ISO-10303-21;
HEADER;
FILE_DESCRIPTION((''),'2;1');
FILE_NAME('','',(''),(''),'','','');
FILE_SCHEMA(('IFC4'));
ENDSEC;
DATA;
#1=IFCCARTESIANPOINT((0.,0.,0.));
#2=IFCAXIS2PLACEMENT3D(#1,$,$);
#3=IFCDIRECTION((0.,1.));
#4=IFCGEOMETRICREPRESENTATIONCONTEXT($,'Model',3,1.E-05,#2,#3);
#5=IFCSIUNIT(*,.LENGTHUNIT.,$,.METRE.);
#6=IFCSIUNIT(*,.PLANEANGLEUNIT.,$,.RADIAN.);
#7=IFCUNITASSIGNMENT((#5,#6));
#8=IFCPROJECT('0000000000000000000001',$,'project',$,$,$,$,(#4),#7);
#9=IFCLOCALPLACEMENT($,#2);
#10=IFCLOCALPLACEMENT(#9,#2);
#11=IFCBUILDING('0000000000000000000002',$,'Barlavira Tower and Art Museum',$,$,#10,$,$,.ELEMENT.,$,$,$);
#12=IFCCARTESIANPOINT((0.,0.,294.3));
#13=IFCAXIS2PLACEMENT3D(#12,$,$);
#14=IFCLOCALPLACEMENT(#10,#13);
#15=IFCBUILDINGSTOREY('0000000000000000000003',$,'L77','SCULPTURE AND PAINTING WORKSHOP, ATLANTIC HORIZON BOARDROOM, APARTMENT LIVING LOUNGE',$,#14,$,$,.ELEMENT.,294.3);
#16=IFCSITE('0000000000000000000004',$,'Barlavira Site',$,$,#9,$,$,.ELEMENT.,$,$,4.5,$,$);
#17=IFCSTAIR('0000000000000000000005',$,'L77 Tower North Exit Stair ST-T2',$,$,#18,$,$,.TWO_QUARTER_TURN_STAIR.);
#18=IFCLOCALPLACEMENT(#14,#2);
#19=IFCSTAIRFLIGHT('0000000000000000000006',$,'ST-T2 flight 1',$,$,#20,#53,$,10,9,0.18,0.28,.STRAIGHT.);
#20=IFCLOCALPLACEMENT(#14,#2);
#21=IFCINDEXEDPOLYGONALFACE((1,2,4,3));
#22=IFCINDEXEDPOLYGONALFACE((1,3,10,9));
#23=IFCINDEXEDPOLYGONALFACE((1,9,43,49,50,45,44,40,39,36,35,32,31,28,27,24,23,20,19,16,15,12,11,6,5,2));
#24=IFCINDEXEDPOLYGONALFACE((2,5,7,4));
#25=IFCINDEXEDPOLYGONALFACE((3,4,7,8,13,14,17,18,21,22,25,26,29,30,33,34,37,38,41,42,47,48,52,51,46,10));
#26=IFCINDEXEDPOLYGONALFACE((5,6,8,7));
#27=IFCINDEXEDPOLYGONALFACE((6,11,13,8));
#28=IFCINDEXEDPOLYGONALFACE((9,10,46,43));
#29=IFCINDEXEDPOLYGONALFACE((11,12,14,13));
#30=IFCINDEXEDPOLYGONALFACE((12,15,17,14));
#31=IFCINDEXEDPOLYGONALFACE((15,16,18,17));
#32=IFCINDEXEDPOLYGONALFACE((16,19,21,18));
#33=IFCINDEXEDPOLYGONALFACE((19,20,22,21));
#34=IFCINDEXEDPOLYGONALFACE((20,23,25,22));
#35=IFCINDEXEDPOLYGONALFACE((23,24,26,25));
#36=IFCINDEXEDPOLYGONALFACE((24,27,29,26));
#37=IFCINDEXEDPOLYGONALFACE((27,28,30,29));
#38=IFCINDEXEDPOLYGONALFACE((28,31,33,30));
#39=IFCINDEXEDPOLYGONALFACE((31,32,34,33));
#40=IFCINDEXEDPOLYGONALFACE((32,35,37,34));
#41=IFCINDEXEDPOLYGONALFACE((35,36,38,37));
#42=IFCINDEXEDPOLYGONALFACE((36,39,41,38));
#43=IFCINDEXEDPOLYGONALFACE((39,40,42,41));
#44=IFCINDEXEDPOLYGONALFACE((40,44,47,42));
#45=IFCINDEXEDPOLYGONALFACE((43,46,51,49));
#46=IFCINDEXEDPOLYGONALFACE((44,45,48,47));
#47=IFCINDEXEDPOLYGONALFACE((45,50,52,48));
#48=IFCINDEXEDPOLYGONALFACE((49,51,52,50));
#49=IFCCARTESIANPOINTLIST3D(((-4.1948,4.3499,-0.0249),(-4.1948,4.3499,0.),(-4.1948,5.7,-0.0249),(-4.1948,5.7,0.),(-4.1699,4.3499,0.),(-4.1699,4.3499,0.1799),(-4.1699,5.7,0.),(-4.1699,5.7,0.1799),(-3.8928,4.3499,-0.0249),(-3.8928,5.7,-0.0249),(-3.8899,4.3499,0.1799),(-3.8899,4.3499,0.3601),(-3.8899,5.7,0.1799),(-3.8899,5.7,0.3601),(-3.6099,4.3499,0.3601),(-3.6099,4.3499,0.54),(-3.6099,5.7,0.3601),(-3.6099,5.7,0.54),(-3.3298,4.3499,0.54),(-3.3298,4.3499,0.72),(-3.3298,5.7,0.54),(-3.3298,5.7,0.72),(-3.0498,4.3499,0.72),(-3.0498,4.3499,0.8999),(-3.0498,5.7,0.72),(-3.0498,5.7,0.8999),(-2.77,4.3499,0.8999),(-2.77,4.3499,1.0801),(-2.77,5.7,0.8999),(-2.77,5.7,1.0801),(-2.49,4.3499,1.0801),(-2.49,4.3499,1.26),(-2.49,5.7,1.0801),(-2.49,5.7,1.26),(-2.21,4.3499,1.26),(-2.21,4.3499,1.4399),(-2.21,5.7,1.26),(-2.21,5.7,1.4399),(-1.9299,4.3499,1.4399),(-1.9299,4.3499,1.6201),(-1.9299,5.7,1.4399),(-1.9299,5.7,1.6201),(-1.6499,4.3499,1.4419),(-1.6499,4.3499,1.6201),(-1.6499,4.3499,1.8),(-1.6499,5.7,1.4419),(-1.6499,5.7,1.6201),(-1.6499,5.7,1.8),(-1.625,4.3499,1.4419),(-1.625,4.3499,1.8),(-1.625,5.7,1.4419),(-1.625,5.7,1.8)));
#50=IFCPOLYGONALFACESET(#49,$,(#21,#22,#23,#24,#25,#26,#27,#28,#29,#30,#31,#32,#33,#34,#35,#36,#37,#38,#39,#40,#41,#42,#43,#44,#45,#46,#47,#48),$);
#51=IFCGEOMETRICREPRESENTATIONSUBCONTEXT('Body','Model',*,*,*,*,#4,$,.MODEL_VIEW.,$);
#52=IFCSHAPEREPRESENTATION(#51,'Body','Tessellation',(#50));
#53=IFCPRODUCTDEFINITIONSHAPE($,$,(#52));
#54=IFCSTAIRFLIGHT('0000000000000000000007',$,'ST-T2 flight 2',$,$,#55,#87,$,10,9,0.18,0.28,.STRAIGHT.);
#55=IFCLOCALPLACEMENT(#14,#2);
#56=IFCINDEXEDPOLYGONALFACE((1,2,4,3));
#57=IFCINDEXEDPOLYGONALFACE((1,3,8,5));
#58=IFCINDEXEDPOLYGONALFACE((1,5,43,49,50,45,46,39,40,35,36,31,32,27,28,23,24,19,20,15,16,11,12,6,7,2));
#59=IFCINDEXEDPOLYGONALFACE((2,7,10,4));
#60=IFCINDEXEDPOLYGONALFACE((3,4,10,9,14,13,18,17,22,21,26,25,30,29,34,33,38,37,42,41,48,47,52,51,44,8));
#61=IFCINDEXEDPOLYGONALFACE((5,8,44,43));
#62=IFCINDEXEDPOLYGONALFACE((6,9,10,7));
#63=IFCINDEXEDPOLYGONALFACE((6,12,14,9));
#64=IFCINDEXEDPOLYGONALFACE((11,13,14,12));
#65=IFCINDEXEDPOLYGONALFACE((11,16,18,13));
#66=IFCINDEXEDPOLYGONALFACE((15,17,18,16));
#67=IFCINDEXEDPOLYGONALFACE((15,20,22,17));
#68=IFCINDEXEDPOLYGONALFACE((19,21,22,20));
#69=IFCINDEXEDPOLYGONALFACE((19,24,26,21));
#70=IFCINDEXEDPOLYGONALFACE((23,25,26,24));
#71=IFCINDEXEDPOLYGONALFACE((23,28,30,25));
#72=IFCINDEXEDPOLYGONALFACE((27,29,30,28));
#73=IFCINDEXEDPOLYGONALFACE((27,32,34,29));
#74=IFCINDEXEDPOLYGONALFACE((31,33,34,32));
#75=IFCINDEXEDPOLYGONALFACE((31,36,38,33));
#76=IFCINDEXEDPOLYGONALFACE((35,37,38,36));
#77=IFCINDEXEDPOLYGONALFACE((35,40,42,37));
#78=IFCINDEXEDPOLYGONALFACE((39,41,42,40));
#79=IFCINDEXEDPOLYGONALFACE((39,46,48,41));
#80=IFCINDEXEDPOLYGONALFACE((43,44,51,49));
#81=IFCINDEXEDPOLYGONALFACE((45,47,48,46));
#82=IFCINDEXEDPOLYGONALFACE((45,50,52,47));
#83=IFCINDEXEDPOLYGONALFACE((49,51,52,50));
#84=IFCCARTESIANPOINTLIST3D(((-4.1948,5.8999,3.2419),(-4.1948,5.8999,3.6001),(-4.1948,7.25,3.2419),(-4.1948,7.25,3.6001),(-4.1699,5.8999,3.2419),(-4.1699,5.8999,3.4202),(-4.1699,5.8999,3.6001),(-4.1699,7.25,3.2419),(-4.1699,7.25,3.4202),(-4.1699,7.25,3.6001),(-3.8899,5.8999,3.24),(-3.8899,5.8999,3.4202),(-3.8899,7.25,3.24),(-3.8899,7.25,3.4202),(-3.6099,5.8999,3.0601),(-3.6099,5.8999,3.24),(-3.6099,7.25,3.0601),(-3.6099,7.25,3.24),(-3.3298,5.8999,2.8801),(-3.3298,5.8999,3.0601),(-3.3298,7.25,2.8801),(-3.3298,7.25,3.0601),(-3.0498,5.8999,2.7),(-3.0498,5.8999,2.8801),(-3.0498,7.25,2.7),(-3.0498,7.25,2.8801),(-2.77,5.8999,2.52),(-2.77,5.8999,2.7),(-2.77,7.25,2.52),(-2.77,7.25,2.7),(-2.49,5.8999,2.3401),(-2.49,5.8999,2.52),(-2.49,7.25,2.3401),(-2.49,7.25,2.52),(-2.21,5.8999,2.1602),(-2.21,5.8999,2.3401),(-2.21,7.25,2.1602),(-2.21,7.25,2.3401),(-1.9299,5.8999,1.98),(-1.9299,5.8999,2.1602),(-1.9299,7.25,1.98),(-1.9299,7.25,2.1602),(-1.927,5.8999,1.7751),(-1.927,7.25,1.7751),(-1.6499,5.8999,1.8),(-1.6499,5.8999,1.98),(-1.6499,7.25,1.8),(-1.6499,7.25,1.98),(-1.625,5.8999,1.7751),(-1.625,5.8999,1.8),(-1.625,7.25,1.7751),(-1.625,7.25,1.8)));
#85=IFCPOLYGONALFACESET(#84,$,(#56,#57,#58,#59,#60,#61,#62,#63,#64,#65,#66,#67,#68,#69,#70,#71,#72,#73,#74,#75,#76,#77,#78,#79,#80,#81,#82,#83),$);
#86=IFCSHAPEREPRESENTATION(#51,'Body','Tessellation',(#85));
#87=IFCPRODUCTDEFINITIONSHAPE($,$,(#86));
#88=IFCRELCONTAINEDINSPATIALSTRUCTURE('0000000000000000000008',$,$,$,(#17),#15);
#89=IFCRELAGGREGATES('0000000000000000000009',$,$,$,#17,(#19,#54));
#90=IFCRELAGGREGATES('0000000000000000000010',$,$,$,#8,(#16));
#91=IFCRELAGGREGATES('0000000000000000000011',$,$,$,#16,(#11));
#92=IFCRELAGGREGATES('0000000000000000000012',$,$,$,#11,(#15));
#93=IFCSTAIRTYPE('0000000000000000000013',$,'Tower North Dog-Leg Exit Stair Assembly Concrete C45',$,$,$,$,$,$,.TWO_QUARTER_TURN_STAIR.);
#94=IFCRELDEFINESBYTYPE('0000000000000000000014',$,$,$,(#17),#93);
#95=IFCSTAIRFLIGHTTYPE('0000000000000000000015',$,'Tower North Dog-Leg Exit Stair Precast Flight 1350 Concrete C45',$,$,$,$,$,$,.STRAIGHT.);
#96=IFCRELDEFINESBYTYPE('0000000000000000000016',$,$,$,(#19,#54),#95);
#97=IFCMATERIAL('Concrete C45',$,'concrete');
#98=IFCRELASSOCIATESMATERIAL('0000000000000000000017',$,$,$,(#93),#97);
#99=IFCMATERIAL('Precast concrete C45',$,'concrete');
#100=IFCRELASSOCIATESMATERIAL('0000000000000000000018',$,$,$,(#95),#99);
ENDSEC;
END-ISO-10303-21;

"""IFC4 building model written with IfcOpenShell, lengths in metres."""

from ifc_helpers import new_model, si_unit, direction, frame, origin, place, context, subcontext, project, spatial, polyline, outline, extrude, material, type_object, element, aggregate, save


model = new_model("IFC4")

# Units and contexts
model_context = context("Model", 3, precision=1e-05, world=origin(), true_north=direction((0.0, 1.0)))
body_context = subcontext(model_context, "Body", "Model", "MODEL_VIEW")
ifc_project = project(units=[si_unit("LENGTHUNIT", "METRE"), si_unit("PLANEANGLEUNIT", "RADIAN")], contexts=[model_context])

# Site, building, storey
site_placement = place(None, origin())
site = spatial("IfcSite", under=ifc_project, at=site_placement, Name="Barlavira Site", CompositionType="ELEMENT", RefElevation=4.5)
building_placement = place(site_placement, origin())
building = spatial("IfcBuilding", under=site, at=building_placement, Name="Barlavira Tower and Art Museum", CompositionType="ELEMENT")
storey_placement = place(building_placement, frame((0.0, 0.0, 294.3)))
storey = spatial("IfcBuildingStorey", under=building, at=storey_placement, Name="L77", Description="SCULPTURE AND PAINTING WORKSHOP, ATLANTIC HORIZON BOARDROOM, APARTMENT LIVING LOUNGE", CompositionType="ELEMENT", Elevation=294.3)

# Stair, stair flights
ifc_material_1 = material(Name="Concrete C45", Category="concrete")
stair_type = type_object("IfcStairType", Name="Tower North Dog-Leg Exit Stair Assembly Concrete C45", PredefinedType="TWO_QUARTER_TURN_STAIR", material=ifc_material_1)
stair_placement = place(storey_placement, origin())
stair = element("IfcStair", 1, at=stair_placement, inside=storey, type_object=stair_type, Name="L77 Tower North Exit Stair ST-T2", PredefinedType="TWO_QUARTER_TURN_STAIR")
ifc_material_2 = material(Name="Precast concrete C45", Category="concrete")
stair_flight_type = type_object("IfcStairFlightType", Name="Tower North Dog-Leg Exit Stair Precast Flight 1350 Concrete C45", PredefinedType="STRAIGHT", material=ifc_material_2)
stair_flight_1_placement = place(storey_placement, frame((-4.1699, 5.0249, 0.0), z_axis=(0.0, 0.0, 1.0), x_axis=(1.0, 0.0, 0.0)))
stair_flight_1 = element("IfcStairFlight", 2, at=stair_flight_1_placement, type_object=stair_flight_type, Name="ST-T2 flight 1", NumberOfRisers=10, NumberOfTreads=9, PredefinedType="STRAIGHT", RiserHeight=0.18, TreadLength=0.28, context=body_context, shape_type="SweptSolid", body=[
    extrude(outline(polyline([(-0.0249, 0.0), (0.0, 0.0), (0.0, 0.1799), (0.28, 0.1799), (0.28, 0.3601), (0.5601, 0.3601), (0.5601, 0.54), (0.8401, 0.54), (0.8401, 0.72), (1.1201, 0.72), (1.1201, 0.8999), (1.3999, 0.8999), (1.3999, 1.0801), (1.6799, 1.0801), (1.6799, 1.26), (1.96, 1.26), (1.96, 1.4399), (2.24, 1.4399), (2.24, 1.6201), (2.52, 1.6201), (2.52, 1.8), (2.5449, 1.8), (2.5449, 1.4419), (2.52, 1.4419), (0.2771, -0.0249), (-0.0249, -0.0249), (-0.0249, 0.0)])), frame((0.0, 0.675, 0.0), z_axis=(0.0, -1.0, 0.0), x_axis=(1.0, 0.0, 0.0)), (0.0, 0.0, 1.0), 1.3501),
])
stair_flight_2_placement = place(storey_placement, frame((-1.6499, 6.575, 1.8), z_axis=(0.0, 0.0, 1.0), x_axis=(-1.0, 0.0, 0.0)))
stair_flight_2 = element("IfcStairFlight", 3, at=stair_flight_2_placement, type_object=stair_flight_type, Name="ST-T2 flight 2", NumberOfRisers=10, NumberOfTreads=9, PredefinedType="STRAIGHT", RiserHeight=0.18, TreadLength=0.28, context=body_context, shape_type="SweptSolid", body=[
    extrude(outline(polyline([(-0.0249, 0.0), (0.0, 0.0), (0.0, 0.1799), (0.28, 0.1799), (0.28, 0.3601), (0.5601, 0.3601), (0.5601, 0.54), (0.8401, 0.54), (0.8401, 0.72), (1.1201, 0.72), (1.1201, 0.8999), (1.3999, 0.8999), (1.3999, 1.0801), (1.6799, 1.0801), (1.6799, 1.26), (1.96, 1.26), (1.96, 1.4399), (2.24, 1.4399), (2.24, 1.6201), (2.52, 1.6201), (2.52, 1.8), (2.5449, 1.8), (2.5449, 1.4419), (2.52, 1.4419), (0.2771, -0.0249), (-0.0249, -0.0249), (-0.0249, 0.0)])), frame((0.0, 0.675, 0.0), z_axis=(0.0, -1.0, 0.0), x_axis=(1.0, 0.0, 0.0)), (0.0, 0.0, 1.0), 1.3501),
])
aggregate(stair, [stair_flight_1, stair_flight_2])

save(model, "model.ifc")
